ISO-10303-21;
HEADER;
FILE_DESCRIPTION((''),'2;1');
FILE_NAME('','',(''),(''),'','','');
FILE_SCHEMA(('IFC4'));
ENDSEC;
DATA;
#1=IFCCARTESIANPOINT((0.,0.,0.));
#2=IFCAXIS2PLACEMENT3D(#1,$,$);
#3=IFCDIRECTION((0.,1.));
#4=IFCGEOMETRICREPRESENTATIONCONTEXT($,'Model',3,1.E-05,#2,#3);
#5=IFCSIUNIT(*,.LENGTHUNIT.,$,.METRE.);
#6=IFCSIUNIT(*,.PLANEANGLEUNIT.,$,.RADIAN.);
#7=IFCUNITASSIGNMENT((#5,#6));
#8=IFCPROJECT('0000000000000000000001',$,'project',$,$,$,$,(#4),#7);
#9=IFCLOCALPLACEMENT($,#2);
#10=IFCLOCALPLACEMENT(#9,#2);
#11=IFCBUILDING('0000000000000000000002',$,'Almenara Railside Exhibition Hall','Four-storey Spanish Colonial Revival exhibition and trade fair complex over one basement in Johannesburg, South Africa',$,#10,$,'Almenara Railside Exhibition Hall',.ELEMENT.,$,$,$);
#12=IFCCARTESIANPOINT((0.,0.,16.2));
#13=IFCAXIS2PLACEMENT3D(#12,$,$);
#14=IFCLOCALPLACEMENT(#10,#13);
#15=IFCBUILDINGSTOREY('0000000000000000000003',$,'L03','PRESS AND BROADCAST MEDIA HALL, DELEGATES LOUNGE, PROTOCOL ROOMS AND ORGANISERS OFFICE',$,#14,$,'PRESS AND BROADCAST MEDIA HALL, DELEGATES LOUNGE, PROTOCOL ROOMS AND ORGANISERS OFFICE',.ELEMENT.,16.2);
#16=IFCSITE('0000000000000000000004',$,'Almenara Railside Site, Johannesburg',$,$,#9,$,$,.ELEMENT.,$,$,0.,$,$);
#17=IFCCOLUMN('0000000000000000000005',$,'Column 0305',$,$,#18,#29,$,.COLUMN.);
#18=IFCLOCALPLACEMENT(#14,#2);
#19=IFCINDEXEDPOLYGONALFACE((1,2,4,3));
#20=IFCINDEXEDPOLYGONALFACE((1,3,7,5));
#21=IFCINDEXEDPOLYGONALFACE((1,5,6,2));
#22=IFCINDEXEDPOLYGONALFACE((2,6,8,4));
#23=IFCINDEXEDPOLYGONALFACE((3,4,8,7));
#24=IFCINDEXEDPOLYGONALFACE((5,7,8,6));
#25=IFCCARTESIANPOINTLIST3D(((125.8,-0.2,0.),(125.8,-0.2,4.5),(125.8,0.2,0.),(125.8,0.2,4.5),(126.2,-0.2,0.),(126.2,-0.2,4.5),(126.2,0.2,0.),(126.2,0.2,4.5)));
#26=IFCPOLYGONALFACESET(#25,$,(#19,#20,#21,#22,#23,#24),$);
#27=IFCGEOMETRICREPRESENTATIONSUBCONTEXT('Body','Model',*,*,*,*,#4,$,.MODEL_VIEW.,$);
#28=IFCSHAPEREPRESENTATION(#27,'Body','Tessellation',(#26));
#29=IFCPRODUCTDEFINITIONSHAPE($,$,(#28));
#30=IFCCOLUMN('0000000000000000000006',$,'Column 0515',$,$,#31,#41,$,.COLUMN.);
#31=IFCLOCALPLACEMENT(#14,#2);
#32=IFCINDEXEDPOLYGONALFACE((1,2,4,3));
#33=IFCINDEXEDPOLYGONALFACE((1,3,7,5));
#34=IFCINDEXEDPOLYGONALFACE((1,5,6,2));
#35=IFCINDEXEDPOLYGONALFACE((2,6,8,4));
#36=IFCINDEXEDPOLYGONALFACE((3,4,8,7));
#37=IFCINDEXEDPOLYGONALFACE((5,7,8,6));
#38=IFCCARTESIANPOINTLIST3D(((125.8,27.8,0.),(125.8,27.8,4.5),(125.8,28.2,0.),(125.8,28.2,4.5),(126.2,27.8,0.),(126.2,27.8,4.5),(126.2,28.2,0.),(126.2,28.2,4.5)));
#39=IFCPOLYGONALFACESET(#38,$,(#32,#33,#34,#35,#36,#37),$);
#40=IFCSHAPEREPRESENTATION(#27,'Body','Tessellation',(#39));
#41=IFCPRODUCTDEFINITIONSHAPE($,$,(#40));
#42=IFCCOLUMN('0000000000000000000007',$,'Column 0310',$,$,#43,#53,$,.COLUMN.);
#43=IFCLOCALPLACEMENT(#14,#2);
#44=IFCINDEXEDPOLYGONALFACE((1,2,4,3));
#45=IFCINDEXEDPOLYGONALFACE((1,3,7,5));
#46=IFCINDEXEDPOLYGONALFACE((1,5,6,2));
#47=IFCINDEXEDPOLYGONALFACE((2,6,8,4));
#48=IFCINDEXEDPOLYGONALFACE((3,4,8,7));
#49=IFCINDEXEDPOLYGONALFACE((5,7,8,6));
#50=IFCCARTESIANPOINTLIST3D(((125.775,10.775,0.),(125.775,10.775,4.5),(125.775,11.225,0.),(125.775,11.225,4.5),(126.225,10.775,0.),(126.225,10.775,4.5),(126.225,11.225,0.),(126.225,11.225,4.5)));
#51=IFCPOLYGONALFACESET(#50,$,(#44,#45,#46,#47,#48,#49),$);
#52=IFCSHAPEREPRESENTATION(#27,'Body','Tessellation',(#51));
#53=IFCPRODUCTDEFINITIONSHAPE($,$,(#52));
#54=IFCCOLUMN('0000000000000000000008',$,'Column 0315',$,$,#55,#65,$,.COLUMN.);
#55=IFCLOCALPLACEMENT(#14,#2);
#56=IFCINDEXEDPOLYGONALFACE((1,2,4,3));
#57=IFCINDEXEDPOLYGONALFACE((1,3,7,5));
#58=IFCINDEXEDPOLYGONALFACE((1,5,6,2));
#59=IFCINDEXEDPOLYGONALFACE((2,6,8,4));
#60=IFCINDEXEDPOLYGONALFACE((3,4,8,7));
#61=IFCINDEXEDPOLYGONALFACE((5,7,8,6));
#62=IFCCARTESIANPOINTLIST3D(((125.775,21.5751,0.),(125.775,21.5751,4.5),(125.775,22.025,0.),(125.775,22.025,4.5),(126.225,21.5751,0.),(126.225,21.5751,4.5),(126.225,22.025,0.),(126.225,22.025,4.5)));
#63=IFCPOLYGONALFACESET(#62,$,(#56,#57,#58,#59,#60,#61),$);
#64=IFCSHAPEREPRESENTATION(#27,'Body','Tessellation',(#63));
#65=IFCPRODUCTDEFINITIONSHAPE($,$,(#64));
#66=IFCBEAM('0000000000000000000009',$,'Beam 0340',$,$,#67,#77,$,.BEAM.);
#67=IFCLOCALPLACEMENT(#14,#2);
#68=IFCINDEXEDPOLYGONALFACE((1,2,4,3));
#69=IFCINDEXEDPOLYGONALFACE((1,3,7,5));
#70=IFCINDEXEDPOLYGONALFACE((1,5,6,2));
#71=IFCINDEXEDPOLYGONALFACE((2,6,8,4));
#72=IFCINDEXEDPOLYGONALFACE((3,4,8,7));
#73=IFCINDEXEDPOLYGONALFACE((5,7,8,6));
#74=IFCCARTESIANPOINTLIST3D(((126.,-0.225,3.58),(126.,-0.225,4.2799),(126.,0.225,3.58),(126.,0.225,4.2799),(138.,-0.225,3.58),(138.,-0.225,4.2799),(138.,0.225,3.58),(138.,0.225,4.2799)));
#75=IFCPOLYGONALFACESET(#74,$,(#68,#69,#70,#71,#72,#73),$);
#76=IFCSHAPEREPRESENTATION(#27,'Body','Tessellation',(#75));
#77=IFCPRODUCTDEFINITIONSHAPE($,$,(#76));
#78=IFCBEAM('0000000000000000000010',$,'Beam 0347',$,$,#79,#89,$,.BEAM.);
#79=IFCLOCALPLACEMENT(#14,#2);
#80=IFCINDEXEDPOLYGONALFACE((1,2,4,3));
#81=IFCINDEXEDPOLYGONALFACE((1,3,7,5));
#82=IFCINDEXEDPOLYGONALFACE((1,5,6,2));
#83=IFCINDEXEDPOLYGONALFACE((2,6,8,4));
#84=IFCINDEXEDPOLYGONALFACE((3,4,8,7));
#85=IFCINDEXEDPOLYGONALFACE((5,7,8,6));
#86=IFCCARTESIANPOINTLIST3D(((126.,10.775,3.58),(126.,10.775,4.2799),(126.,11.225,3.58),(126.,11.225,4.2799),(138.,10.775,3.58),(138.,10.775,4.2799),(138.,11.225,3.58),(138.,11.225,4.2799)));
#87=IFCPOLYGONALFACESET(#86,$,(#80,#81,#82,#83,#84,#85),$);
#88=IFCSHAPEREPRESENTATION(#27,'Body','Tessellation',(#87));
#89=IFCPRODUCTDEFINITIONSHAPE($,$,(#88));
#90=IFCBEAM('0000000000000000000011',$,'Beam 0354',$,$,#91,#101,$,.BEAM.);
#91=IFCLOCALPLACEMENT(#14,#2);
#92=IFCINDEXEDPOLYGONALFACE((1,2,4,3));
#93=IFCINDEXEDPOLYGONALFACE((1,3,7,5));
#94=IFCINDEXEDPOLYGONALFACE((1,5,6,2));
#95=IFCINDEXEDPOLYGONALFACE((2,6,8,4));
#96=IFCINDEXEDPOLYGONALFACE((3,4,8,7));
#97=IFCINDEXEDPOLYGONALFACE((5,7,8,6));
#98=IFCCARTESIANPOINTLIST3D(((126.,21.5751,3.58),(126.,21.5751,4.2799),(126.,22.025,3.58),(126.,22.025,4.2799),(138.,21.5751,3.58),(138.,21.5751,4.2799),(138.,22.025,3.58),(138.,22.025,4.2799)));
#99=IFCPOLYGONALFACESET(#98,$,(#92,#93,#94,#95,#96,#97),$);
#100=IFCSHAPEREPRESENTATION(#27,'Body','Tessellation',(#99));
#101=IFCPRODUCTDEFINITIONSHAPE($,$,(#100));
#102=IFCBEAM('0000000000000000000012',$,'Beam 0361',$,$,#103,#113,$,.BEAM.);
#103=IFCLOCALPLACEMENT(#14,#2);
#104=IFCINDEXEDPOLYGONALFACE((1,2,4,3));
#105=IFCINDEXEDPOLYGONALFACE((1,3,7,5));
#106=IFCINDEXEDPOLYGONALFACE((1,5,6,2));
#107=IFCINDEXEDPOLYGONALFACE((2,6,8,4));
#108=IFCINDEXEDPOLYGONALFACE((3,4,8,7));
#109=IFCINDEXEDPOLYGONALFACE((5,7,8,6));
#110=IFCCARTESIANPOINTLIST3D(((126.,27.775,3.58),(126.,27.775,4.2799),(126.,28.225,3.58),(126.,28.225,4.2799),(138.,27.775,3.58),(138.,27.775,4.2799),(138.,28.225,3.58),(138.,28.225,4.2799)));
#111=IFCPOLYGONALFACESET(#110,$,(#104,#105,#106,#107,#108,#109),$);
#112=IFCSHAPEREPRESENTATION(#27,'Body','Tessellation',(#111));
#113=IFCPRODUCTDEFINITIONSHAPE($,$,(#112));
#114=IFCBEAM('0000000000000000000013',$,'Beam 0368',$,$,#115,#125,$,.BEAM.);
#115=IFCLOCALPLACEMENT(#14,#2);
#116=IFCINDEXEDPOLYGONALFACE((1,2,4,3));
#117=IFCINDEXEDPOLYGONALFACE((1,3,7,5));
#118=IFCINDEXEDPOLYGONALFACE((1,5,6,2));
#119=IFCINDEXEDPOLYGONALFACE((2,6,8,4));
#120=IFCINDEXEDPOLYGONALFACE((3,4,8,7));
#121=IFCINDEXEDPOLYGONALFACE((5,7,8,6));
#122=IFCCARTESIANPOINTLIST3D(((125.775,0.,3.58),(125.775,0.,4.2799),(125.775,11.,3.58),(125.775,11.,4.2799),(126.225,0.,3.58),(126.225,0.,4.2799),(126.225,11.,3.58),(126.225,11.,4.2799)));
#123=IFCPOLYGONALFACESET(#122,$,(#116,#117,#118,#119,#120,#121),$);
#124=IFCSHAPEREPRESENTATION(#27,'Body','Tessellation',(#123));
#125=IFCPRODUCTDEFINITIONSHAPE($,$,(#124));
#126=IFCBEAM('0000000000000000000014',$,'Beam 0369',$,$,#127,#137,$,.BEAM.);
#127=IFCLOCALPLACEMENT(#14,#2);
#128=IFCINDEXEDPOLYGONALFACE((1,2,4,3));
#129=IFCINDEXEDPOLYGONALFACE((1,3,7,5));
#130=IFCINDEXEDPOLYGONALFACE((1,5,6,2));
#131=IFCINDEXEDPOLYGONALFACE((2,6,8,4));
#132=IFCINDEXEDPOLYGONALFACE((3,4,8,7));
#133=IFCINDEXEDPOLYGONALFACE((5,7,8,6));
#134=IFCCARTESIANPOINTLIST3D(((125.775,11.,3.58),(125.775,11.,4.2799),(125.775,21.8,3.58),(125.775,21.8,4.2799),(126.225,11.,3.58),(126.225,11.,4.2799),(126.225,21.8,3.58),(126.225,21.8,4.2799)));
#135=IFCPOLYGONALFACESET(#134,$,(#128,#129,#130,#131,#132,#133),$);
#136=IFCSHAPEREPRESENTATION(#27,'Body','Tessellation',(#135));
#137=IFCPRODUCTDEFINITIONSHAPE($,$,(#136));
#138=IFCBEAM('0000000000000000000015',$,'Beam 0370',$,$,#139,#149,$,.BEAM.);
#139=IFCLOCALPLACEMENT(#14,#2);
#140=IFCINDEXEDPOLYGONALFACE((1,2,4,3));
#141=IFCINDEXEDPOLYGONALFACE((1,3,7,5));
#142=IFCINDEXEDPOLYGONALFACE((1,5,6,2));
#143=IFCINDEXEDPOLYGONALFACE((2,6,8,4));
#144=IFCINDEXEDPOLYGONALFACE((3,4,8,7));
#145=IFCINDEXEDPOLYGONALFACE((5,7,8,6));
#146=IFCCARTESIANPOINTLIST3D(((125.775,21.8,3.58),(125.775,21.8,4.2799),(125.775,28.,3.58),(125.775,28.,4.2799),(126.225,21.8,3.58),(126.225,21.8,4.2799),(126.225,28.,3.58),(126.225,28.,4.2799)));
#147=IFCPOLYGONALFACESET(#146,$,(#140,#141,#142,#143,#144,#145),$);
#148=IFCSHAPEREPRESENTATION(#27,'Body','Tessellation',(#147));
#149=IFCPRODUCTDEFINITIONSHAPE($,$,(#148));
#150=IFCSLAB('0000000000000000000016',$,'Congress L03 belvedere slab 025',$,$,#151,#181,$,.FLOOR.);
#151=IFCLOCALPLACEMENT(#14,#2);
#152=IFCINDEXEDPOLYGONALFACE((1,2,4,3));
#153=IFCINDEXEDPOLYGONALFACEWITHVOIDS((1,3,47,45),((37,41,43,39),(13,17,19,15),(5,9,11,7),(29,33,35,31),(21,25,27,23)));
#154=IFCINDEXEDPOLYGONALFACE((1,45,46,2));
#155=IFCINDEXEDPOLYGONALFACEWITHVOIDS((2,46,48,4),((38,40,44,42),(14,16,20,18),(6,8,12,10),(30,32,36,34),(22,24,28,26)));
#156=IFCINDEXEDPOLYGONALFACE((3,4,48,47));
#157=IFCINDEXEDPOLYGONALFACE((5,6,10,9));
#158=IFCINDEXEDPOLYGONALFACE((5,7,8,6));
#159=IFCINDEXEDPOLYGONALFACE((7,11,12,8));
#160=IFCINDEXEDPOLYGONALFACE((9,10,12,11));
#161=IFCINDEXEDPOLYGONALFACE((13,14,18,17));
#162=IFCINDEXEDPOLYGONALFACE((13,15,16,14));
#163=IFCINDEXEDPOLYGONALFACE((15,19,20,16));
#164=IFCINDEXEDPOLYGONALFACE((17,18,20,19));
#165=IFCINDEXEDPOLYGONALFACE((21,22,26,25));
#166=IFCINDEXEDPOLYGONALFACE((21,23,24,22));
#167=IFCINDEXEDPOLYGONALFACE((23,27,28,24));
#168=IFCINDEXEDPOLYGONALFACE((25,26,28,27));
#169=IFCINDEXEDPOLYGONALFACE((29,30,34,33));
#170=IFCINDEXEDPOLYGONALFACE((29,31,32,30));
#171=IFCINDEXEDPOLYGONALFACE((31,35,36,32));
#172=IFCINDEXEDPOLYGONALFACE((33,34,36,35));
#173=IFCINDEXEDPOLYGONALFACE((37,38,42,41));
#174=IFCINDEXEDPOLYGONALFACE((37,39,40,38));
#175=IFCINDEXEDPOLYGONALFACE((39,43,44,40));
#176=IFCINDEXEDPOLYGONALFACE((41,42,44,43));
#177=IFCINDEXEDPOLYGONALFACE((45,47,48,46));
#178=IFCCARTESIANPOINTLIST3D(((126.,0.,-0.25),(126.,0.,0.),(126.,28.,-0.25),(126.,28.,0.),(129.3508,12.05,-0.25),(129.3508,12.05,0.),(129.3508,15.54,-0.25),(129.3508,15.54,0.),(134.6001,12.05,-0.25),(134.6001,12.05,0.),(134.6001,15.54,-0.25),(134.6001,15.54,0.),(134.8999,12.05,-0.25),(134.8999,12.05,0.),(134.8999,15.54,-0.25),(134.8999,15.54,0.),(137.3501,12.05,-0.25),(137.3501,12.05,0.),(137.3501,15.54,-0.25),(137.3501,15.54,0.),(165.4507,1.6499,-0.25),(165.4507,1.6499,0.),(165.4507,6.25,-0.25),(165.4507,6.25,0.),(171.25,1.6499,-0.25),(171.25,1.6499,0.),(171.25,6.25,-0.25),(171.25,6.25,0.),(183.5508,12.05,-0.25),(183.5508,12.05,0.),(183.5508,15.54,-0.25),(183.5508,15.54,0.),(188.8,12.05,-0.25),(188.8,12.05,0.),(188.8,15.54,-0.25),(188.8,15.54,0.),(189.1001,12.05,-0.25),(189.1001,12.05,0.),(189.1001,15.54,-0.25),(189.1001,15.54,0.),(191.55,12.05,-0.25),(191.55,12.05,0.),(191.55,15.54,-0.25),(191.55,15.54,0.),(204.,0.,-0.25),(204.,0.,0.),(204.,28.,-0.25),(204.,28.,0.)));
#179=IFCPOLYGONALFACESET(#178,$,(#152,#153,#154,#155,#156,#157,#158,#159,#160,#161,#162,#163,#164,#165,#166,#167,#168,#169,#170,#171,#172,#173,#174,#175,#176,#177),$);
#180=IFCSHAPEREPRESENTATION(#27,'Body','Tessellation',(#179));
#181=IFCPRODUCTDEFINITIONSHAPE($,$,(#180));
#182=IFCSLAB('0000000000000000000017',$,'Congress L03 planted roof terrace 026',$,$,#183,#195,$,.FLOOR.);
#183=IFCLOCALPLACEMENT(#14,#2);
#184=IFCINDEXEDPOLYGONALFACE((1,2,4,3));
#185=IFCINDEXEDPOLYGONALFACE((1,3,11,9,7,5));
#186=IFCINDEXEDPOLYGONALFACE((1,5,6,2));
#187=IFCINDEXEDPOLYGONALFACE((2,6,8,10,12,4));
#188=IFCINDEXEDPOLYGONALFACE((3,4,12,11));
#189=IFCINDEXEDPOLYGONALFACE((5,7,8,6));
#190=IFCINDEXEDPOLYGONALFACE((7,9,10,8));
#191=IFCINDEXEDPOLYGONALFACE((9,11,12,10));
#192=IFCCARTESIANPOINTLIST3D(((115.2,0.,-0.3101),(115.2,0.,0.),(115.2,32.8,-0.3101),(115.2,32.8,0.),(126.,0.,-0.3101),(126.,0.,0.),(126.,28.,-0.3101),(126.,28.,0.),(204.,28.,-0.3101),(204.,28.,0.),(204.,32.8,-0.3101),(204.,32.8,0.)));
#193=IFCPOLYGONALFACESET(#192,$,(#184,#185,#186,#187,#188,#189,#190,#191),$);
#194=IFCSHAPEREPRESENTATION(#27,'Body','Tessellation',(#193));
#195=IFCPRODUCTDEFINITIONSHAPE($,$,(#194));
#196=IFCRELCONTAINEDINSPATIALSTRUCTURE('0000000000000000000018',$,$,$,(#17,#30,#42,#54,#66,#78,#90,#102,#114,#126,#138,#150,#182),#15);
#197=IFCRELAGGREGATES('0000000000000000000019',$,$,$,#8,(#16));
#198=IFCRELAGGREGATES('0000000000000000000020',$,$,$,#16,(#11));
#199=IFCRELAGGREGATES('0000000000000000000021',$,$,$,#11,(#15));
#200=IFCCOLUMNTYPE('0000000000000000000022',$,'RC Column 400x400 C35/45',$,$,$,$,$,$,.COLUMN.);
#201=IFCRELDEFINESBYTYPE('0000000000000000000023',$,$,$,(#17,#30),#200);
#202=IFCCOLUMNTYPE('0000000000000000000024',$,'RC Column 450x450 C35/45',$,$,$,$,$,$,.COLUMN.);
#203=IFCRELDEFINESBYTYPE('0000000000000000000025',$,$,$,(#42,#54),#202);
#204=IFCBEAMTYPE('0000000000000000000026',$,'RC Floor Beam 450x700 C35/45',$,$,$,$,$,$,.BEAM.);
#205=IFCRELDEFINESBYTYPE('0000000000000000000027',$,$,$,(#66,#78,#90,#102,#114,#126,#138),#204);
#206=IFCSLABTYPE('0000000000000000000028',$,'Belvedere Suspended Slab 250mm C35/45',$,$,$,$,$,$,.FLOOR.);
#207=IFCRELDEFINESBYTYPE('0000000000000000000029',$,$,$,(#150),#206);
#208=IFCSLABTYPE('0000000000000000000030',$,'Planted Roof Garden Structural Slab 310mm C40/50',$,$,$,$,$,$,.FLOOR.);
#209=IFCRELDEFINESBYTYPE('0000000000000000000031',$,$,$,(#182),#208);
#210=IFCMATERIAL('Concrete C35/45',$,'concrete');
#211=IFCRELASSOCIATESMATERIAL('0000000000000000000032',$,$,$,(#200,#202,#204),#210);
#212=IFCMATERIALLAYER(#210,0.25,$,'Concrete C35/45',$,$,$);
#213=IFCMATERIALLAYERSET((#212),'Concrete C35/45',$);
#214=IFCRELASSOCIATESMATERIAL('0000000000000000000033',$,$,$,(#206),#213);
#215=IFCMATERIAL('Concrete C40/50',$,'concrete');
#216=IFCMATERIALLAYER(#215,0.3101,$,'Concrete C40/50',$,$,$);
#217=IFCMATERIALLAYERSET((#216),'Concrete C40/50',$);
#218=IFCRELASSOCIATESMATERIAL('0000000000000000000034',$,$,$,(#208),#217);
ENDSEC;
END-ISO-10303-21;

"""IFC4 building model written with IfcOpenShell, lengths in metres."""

from ifc_helpers import new_model, si_unit, direction, frame, origin, origin_2d, place, context, subcontext, project, spatial, polyline, rectangle, outline, extrude, material, layer, layer_set, material_profile, profile_set, type_object, element, save


model = new_model("IFC4")

# Units and contexts
model_context = context("Model", 3, precision=1e-05, world=origin(), true_north=direction((0.0, 1.0)))
body_context = subcontext(model_context, "Body", "Model", "MODEL_VIEW")
ifc_project = project(units=[si_unit("LENGTHUNIT", "METRE"), si_unit("PLANEANGLEUNIT", "RADIAN")], contexts=[model_context])

# Site, building, storey
site_placement = place(None, origin())
site = spatial("IfcSite", under=ifc_project, at=site_placement, Name="Almenara Railside Site, Johannesburg", CompositionType="ELEMENT", RefElevation=0.0)
building_placement = place(site_placement, origin())
building = spatial("IfcBuilding", under=site, at=building_placement, Name="Almenara Railside Exhibition Hall", Description="Four-storey Spanish Colonial Revival exhibition and trade fair complex over one basement in Johannesburg, South Africa", LongName="Almenara Railside Exhibition Hall", CompositionType="ELEMENT")
storey_placement = place(building_placement, frame((0.0, 0.0, 16.2)))
storey = spatial("IfcBuildingStorey", under=building, at=storey_placement, Name="L03", Description="PRESS AND BROADCAST MEDIA HALL, DELEGATES LOUNGE, PROTOCOL ROOMS AND ORGANISERS OFFICE", LongName="PRESS AND BROADCAST MEDIA HALL, DELEGATES LOUNGE, PROTOCOL ROOMS AND ORGANISERS OFFICE", CompositionType="ELEMENT", Elevation=16.2)

# Columns
ifc_material_1 = material(Name="Concrete C35/45", Category="concrete")
ifc_material_profile_1 = material_profile(ifc_material_1, rectangle(XDim=0.3999, YDim=0.3999, at=origin_2d()), Name="RC 400x400")
ifc_profile_set_1 = profile_set([ifc_material_profile_1], Name="Concrete C35/45")
column_type_1 = type_object("IfcColumnType", Name="RC Column 400x400 C35/45", PredefinedType="COLUMN", material=ifc_profile_set_1)
for number, where, z_axis, x_axis, name in (
    (1, (126.0, 0.0, 0.0), (0.0, 0.0, 1.0), (1.0, 0.0, 0.0), "Column 0305"),
    (2, (126.0, 28.0, 0.0), (0.0, 0.0, 1.0), (1.0, 0.0, 0.0), "Column 0515"),
):
    element("IfcColumn", number, at=place(storey_placement, frame(where, z_axis=z_axis, x_axis=x_axis)), inside=storey, type_object=column_type_1, Name=name, PredefinedType="COLUMN", context=body_context, shape_type="SweptSolid", body=[
        extrude(rectangle(XDim=0.3999, YDim=0.3999, at=origin_2d()), origin(), (0.0, 0.0, 1.0), 4.5),
    ])
ifc_material_profile_2 = material_profile(ifc_material_1, rectangle(XDim=0.45, YDim=0.45, at=origin_2d()), Name="RC 450x450")
ifc_profile_set_2 = profile_set([ifc_material_profile_2], Name="Concrete C35/45")
column_type_2 = type_object("IfcColumnType", Name="RC Column 450x450 C35/45", PredefinedType="COLUMN", material=ifc_profile_set_2)
for number, where, z_axis, x_axis, name in (
    (3, (126.0, 11.0, 0.0), (0.0, 0.0, 1.0), (1.0, 0.0, 0.0), "Column 0310"),
    (4, (126.0, 21.8, 0.0), (0.0, 0.0, 1.0), (1.0, 0.0, 0.0), "Column 0315"),
):
    element("IfcColumn", number, at=place(storey_placement, frame(where, z_axis=z_axis, x_axis=x_axis)), inside=storey, type_object=column_type_2, Name=name, PredefinedType="COLUMN", context=body_context, shape_type="SweptSolid", body=[
        extrude(rectangle(XDim=0.45, YDim=0.45, at=origin_2d()), origin(), (0.0, 0.0, 1.0), 4.5),
    ])

# Beams
ifc_material_profile_3 = material_profile(ifc_material_1, rectangle(XDim=0.45, YDim=0.7, at=origin_2d()), Name="RC 450x700")
ifc_profile_set_3 = profile_set([ifc_material_profile_3], Name="Concrete C35/45")
beam_type = type_object("IfcBeamType", Name="RC Floor Beam 450x700 C35/45", PredefinedType="BEAM", material=ifc_profile_set_3)
for number, where, z_axis, x_axis, name in (
    (5, (126.0, 0.0, 3.9299), (1.0, 0.0, 0.0), (0.0, 1.0, 0.0), "Beam 0340"),
    (6, (126.0, 11.0, 3.9299), (1.0, 0.0, 0.0), (0.0, 1.0, 0.0), "Beam 0347"),
    (7, (126.0, 21.8, 3.9299), (1.0, 0.0, 0.0), (0.0, 1.0, 0.0), "Beam 0354"),
    (8, (126.0, 28.0, 3.9299), (1.0, 0.0, 0.0), (0.0, 1.0, 0.0), "Beam 0361"),
):
    element("IfcBeam", number, at=place(storey_placement, frame(where, z_axis=z_axis, x_axis=x_axis)), inside=storey, type_object=beam_type, Name=name, PredefinedType="BEAM", context=body_context, shape_type="SweptSolid", body=[
        extrude(rectangle(XDim=0.45, YDim=0.7, at=origin_2d()), origin(), (0.0, 0.0, 1.0), 12.0),
    ])
beam_1_placement = place(storey_placement, frame((126.0, 0.0, 3.9299), z_axis=(0.0, 1.0, 0.0), x_axis=(-1.0, 0.0, 0.0)))
element("IfcBeam", 9, at=beam_1_placement, inside=storey, type_object=beam_type, Name="Beam 0368", PredefinedType="BEAM", context=body_context, shape_type="SweptSolid", body=[
    extrude(rectangle(XDim=0.45, YDim=0.7, at=origin_2d()), origin(), (0.0, 0.0, 1.0), 11.0),
])
beam_2_placement = place(storey_placement, frame((126.0, 11.0, 3.9299), z_axis=(0.0, 1.0, 0.0), x_axis=(-1.0, 0.0, 0.0)))
element("IfcBeam", 10, at=beam_2_placement, inside=storey, type_object=beam_type, Name="Beam 0369", PredefinedType="BEAM", context=body_context, shape_type="SweptSolid", body=[
    extrude(rectangle(XDim=0.45, YDim=0.7, at=origin_2d()), origin(), (0.0, 0.0, 1.0), 10.8),
])
beam_3_placement = place(storey_placement, frame((126.0, 21.8, 3.9299), z_axis=(0.0, 1.0, 0.0), x_axis=(-1.0, 0.0, 0.0)))
element("IfcBeam", 11, at=beam_3_placement, inside=storey, type_object=beam_type, Name="Beam 0370", PredefinedType="BEAM", context=body_context, shape_type="SweptSolid", body=[
    extrude(rectangle(XDim=0.45, YDim=0.7, at=origin_2d()), origin(), (0.0, 0.0, 1.0), 6.2),
])

# Slabs
ifc_layer_1 = layer(ifc_material_1, 0.25, Name="Concrete C35/45")
ifc_layer_set_1 = layer_set([ifc_layer_1], Name="Concrete C35/45")
slab_type_1 = type_object("IfcSlabType", Name="Belvedere Suspended Slab 250mm C35/45", PredefinedType="FLOOR", material=ifc_layer_set_1)
slab_1_placement = place(storey_placement, frame((0.0, 0.0, -0.25)))
element("IfcSlab", 12, at=slab_1_placement, inside=storey, type_object=slab_type_1, Name="Congress L03 belvedere slab 025", PredefinedType="FLOOR", context=body_context, shape_type="SweptSolid", body=[
    extrude(outline(polyline([(126.0, 0.0), (204.0, 0.0), (204.0, 28.0), (126.0, 28.0), (126.0, 0.0)]), holes=[polyline([(129.3508, 12.05), (134.6001, 12.05), (134.6001, 15.54), (129.3508, 15.54), (129.3508, 12.05)]), polyline([(134.8999, 12.05), (137.3501, 12.05), (137.3501, 15.54), (134.8999, 15.54), (134.8999, 12.05)]), polyline([(183.5508, 12.05), (188.8, 12.05), (188.8, 15.54), (183.5508, 15.54), (183.5508, 12.05)]), polyline([(189.1001, 12.05), (191.55, 12.05), (191.55, 15.54), (189.1001, 15.54), (189.1001, 12.05)]), polyline([(165.4507, 1.6499), (171.25, 1.6499), (171.25, 6.25), (165.4507, 6.25), (165.4507, 1.6499)])]), origin(), (0.0, 0.0, 1.0), 0.25),
])
ifc_material_2 = material(Name="Concrete C40/50", Category="concrete")
ifc_layer_2 = layer(ifc_material_2, 0.3101, Name="Concrete C40/50")
ifc_layer_set_2 = layer_set([ifc_layer_2], Name="Concrete C40/50")
slab_type_2 = type_object("IfcSlabType", Name="Planted Roof Garden Structural Slab 310mm C40/50", PredefinedType="FLOOR", material=ifc_layer_set_2)
slab_2_placement = place(storey_placement, frame((0.0, 0.0, -0.3101)))
element("IfcSlab", 13, at=slab_2_placement, inside=storey, type_object=slab_type_2, Name="Congress L03 planted roof terrace 026", PredefinedType="FLOOR", context=body_context, shape_type="SweptSolid", body=[
    extrude(outline(polyline([(115.2, 0.0), (126.0, 0.0), (126.0, 28.0), (204.0, 28.0), (204.0, 32.8), (115.2, 32.8), (115.2, 0.0)])), origin(), (0.0, 0.0, 1.0), 0.3101),
])

save(model, "model.ifc")
